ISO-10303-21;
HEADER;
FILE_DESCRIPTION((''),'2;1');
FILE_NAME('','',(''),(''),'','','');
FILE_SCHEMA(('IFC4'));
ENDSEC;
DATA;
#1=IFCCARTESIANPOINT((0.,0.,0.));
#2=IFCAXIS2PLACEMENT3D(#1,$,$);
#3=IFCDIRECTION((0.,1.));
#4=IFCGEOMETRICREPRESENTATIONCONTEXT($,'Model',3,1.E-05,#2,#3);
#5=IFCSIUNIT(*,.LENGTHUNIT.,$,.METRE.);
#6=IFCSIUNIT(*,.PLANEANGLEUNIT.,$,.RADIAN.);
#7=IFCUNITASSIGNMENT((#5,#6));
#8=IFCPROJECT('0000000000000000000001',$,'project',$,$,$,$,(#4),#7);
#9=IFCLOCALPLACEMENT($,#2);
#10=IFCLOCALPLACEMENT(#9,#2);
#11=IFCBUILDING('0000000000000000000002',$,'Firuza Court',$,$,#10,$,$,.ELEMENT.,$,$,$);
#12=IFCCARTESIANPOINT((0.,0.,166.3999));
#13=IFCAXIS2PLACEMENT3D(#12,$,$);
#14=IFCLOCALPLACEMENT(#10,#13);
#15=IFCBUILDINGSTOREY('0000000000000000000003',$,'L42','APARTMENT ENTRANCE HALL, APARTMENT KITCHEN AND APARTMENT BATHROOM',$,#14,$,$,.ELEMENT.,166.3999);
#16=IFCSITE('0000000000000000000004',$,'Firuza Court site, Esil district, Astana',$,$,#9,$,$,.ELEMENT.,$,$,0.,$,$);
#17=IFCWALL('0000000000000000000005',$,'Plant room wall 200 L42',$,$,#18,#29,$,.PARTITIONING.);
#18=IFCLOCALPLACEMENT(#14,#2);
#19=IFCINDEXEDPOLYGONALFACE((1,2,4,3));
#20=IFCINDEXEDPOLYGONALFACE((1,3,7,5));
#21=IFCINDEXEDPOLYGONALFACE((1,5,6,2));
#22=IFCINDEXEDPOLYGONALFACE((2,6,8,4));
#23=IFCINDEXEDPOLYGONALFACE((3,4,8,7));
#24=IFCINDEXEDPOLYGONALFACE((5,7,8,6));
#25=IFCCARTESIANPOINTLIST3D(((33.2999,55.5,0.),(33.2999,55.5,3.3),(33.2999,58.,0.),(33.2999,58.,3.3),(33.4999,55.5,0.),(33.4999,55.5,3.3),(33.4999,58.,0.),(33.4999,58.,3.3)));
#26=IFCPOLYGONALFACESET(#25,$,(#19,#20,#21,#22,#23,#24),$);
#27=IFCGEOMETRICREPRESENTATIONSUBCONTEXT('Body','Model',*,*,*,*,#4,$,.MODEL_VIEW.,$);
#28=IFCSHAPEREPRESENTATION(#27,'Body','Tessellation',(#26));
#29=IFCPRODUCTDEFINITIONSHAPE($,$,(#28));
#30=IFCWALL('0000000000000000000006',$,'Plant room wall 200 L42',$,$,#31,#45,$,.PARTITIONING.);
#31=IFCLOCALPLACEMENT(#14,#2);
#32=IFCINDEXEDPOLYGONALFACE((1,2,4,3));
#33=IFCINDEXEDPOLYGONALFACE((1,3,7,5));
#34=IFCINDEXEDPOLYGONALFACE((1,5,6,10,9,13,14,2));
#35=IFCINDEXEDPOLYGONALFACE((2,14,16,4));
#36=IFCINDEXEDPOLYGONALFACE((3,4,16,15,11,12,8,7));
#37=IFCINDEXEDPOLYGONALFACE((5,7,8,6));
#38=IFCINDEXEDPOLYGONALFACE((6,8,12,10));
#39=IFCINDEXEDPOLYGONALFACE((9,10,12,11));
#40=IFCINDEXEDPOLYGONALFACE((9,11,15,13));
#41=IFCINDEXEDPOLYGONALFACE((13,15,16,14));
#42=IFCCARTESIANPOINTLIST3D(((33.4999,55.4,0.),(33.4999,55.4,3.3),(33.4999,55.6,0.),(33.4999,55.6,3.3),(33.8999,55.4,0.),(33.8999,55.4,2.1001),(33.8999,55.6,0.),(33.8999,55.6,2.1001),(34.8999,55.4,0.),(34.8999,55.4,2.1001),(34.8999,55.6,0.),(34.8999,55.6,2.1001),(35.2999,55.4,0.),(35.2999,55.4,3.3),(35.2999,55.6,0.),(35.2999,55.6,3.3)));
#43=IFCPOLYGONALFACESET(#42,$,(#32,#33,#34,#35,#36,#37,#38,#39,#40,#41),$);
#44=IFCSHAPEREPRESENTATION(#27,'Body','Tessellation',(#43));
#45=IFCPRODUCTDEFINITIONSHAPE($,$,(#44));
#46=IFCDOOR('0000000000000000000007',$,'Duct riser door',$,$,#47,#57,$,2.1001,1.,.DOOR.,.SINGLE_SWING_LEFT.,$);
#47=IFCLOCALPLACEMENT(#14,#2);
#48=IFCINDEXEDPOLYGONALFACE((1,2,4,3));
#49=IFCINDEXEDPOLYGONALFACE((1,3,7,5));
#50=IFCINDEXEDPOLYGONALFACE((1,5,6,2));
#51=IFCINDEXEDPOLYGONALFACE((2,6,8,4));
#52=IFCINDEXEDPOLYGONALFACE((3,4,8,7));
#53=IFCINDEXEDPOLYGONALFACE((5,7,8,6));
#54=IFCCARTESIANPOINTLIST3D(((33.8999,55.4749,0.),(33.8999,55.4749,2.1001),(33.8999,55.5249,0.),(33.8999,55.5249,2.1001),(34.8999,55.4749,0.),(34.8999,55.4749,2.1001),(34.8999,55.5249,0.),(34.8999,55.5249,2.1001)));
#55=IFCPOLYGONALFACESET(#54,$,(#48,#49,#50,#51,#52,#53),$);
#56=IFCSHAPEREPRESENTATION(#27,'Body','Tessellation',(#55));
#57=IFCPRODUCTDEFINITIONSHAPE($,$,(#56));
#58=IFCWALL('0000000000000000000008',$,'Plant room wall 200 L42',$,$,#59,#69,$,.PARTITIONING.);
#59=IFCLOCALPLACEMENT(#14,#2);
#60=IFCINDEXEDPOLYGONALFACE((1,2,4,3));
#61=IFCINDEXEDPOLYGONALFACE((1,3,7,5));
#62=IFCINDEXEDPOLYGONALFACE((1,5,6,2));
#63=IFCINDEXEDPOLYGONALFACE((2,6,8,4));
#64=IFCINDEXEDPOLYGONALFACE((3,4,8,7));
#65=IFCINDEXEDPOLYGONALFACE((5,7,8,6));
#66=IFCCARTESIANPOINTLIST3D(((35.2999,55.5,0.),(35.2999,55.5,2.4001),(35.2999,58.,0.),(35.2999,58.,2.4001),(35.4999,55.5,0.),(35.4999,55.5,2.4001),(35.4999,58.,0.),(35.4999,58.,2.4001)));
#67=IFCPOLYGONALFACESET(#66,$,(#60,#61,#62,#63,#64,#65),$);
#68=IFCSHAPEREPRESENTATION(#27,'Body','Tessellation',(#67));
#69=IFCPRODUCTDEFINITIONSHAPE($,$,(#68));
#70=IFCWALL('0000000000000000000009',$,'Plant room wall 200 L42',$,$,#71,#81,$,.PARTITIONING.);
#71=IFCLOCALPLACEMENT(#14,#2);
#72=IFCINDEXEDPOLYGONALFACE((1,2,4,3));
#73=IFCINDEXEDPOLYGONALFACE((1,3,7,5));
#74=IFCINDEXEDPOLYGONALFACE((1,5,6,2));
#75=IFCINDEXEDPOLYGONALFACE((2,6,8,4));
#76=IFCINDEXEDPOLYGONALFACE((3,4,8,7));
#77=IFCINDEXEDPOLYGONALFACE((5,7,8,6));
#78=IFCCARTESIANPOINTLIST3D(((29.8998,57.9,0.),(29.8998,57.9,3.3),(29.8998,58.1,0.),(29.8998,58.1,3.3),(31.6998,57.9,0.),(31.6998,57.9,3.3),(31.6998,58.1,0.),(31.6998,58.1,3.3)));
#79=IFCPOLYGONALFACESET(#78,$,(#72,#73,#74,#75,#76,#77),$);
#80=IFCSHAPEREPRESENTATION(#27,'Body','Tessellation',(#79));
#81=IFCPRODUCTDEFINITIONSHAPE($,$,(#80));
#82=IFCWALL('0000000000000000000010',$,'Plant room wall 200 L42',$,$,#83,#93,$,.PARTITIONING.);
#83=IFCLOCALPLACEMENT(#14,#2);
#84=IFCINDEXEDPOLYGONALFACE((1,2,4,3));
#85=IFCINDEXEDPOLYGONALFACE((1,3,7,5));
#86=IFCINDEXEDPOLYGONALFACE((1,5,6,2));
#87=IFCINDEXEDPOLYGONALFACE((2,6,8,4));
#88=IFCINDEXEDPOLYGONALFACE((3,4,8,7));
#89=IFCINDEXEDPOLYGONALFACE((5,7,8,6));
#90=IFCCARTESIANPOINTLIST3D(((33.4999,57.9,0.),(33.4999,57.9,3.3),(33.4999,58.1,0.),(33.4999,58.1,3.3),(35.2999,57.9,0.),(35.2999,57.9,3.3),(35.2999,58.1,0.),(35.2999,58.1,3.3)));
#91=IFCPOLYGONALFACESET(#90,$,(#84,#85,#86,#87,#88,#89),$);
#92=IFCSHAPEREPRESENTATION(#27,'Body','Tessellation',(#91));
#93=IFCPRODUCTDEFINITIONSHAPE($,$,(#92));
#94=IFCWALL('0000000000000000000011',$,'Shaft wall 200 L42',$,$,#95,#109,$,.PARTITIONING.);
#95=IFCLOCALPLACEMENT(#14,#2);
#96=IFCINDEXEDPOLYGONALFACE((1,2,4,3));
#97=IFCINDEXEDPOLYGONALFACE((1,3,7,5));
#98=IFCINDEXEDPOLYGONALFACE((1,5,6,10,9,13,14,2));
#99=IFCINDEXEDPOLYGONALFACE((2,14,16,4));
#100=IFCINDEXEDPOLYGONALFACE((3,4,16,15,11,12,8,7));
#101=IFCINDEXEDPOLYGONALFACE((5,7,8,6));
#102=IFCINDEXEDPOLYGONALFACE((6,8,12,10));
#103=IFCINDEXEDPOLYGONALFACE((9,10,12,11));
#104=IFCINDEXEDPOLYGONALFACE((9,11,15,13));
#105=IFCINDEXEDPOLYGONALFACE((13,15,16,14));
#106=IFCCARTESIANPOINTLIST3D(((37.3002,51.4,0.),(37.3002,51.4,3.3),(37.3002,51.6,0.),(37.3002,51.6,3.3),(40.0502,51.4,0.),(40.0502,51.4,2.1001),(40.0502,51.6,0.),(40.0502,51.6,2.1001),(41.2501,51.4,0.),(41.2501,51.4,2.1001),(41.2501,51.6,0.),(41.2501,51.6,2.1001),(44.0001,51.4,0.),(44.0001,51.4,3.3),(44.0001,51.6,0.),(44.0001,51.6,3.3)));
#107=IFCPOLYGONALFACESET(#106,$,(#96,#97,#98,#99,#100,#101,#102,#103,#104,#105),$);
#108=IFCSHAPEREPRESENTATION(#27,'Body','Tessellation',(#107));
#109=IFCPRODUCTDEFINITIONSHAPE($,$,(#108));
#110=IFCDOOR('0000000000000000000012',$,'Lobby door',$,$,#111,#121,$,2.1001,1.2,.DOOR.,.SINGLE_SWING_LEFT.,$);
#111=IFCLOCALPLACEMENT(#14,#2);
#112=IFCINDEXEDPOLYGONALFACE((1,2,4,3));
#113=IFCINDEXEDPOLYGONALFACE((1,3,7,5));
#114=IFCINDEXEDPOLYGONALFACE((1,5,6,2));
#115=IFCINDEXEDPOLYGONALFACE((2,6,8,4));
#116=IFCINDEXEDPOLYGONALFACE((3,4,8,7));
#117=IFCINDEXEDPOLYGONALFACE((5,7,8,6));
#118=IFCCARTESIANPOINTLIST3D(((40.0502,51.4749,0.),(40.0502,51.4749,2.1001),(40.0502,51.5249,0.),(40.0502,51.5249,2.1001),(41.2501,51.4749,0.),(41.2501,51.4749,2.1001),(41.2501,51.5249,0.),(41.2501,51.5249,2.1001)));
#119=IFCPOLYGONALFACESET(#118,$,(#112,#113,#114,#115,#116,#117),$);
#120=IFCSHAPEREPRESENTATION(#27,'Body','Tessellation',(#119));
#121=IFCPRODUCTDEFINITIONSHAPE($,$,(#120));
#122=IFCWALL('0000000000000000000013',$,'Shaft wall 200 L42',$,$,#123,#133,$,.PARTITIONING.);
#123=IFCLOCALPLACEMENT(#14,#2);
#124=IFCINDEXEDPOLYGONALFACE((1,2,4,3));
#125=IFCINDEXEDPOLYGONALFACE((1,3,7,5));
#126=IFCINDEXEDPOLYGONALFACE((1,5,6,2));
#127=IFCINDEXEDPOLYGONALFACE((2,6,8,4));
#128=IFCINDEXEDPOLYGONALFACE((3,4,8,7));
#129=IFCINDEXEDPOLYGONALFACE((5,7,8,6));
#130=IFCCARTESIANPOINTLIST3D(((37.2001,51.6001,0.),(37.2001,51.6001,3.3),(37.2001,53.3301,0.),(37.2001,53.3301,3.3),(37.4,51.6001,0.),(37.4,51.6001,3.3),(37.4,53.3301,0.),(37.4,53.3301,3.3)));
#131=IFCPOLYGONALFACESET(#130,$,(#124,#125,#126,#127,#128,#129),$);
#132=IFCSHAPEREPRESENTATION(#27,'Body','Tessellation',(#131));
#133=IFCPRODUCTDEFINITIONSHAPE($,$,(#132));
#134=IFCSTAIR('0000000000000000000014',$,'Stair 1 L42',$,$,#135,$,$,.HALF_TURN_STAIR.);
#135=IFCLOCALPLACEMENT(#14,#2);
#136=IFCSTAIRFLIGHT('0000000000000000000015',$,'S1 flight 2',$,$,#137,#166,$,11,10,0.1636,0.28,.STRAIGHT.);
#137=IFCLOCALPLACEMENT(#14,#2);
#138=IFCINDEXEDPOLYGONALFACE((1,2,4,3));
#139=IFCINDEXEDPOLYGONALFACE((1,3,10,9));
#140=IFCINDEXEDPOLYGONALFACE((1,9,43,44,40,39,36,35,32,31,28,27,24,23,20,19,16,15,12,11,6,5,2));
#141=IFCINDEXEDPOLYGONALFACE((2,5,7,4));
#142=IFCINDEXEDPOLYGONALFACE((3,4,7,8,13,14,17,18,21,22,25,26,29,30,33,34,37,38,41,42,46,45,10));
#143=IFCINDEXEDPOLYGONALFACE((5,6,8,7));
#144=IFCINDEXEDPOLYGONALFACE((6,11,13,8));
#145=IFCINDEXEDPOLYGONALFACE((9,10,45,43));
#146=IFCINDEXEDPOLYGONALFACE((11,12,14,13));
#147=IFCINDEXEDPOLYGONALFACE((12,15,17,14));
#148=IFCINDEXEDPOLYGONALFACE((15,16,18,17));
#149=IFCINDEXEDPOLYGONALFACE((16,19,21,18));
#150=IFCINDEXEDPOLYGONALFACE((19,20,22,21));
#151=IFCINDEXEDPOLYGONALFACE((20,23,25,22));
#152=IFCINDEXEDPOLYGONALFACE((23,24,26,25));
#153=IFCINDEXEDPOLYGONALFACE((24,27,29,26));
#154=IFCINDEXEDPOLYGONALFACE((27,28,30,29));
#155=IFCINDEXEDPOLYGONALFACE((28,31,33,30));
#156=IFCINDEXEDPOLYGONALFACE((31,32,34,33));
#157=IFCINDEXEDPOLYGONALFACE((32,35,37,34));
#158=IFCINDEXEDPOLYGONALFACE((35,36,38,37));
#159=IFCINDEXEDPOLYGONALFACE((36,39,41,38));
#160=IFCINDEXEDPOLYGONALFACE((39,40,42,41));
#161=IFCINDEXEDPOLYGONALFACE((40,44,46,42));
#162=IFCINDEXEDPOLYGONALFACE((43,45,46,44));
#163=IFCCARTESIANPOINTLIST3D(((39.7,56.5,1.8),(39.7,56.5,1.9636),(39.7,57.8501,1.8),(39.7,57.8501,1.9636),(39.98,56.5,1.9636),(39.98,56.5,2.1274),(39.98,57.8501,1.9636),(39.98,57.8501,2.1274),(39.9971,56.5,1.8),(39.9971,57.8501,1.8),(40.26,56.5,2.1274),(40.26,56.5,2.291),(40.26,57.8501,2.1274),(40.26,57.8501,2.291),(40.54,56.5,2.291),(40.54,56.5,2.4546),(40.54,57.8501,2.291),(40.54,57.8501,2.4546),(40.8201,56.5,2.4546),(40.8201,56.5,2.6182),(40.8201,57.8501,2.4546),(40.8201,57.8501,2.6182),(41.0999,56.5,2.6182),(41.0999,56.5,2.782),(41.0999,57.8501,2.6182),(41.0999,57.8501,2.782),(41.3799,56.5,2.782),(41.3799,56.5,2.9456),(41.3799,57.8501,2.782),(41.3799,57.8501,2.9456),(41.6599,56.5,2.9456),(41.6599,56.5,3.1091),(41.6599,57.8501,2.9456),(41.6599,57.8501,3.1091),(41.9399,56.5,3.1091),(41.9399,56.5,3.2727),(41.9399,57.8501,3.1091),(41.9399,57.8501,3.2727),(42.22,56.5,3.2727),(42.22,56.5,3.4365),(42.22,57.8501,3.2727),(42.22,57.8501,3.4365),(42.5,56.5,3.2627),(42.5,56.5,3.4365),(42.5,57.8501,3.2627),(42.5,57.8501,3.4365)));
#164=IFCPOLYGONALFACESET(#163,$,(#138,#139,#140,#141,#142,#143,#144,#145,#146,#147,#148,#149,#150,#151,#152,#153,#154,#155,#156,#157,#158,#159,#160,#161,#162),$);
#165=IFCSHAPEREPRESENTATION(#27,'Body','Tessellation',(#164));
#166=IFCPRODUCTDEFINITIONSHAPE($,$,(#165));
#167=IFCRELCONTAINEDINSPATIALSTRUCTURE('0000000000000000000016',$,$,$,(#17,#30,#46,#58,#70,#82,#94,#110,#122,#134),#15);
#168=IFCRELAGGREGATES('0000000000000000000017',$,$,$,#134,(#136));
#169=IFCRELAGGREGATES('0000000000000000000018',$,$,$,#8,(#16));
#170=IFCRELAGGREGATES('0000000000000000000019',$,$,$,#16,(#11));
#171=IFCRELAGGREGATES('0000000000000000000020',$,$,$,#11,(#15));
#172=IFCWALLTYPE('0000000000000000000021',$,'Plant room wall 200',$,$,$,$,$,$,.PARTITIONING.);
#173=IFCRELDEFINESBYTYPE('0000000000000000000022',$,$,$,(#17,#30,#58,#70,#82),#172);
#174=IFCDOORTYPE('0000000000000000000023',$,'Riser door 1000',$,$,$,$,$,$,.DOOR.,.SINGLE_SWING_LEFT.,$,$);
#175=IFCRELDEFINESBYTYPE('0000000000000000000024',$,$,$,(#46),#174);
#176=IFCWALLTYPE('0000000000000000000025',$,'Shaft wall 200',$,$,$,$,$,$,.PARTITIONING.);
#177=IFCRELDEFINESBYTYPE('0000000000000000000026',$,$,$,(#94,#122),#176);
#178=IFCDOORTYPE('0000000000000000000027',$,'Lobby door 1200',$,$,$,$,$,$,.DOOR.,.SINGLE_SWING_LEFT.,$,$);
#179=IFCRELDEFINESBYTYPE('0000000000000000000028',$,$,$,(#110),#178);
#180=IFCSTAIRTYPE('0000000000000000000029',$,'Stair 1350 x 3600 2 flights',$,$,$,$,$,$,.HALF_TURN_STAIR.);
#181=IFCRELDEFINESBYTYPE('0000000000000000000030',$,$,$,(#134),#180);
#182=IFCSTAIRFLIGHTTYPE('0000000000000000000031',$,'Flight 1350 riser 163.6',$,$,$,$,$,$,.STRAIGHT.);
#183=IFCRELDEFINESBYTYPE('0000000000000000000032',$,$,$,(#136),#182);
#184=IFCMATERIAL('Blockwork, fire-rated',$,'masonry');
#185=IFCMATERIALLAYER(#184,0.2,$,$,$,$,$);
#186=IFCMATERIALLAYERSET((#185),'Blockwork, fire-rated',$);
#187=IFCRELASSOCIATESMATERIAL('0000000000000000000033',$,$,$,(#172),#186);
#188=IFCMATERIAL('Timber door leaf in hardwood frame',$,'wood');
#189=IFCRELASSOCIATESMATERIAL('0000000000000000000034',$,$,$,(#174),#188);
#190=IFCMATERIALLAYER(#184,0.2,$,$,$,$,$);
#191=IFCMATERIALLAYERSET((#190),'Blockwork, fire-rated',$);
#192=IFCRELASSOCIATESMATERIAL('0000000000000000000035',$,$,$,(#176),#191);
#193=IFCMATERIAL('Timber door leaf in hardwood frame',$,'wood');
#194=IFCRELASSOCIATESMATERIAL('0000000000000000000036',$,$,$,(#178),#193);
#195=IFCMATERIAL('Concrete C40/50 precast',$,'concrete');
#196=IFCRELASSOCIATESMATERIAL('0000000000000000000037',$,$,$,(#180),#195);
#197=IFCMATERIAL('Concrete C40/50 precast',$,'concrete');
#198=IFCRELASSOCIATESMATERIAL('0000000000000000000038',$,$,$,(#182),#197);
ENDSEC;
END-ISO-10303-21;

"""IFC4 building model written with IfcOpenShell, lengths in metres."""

from ifc_helpers import new_model, si_unit, direction, frame, frame_2d, origin, place, context, subcontext, project, spatial, polyline, rectangle, outline, extrude, material, layer, layer_set, type_object, element, fill, aggregate, save


model = new_model("IFC4")

# Units and contexts
model_context = context("Model", 3, precision=1e-05, world=origin(), true_north=direction((0.0, 1.0)))
body_context = subcontext(model_context, "Body", "Model", "MODEL_VIEW")
ifc_project = project(units=[si_unit("LENGTHUNIT", "METRE"), si_unit("PLANEANGLEUNIT", "RADIAN")], contexts=[model_context])

# Site, building, storey
site_placement = place(None, origin())
site = spatial("IfcSite", under=ifc_project, at=site_placement, Name="Firuza Court site, Esil district, Astana", CompositionType="ELEMENT", RefElevation=0.0)
building_placement = place(site_placement, origin())
building = spatial("IfcBuilding", under=site, at=building_placement, Name="Firuza Court", CompositionType="ELEMENT")
storey_placement = place(building_placement, frame((0.0, 0.0, 166.3999)))
storey = spatial("IfcBuildingStorey", under=building, at=storey_placement, Name="L42", Description="APARTMENT ENTRANCE HALL, APARTMENT KITCHEN AND APARTMENT BATHROOM", CompositionType="ELEMENT", Elevation=166.3999)

# Wall
ifc_material_1 = material(Name="Blockwork, fire-rated", Category="masonry")
ifc_layer_1 = layer(ifc_material_1, 0.2)
ifc_layer_set_1 = layer_set([ifc_layer_1], Name="Blockwork, fire-rated")
wall_type_1 = type_object("IfcWallType", Name="Plant room wall 200", PredefinedType="PARTITIONING", material=ifc_layer_set_1)
for number, where, z_axis, x_axis, name in (
    (1, (33.3999, 55.5, 0.0), (0.0, 0.0, 1.0), (0.0, 1.0, 0.0), "Plant room wall 200 L42"),
):
    element("IfcWall", number, at=place(storey_placement, frame(where, z_axis=z_axis, x_axis=x_axis)), inside=storey, type_object=wall_type_1, Name=name, PredefinedType="PARTITIONING", context=body_context, shape_type="SweptSolid", body=[
        extrude(rectangle(XDim=2.5, YDim=0.2, at=frame_2d((1.25, 0.0))), origin(), (0.0, 0.0, 1.0), 3.3),
    ])

# Wall, opening, door
wall_1_placement = place(storey_placement, frame((33.5, 55.5, 0.0), z_axis=(0.0, 0.0, 1.0), x_axis=(1.0, 0.0, 0.0)))
wall_1 = element("IfcWall", 2, at=wall_1_placement, inside=storey, type_object=wall_type_1, Name="Plant room wall 200 L42", PredefinedType="PARTITIONING", context=body_context, shape_type="SweptSolid", body=[
    extrude(rectangle(XDim=1.8, YDim=0.2, at=frame_2d((0.8999, 0.0))), origin(), (0.0, 0.0, 1.0), 3.3),
])
opening_1_placement = place(wall_1_placement, frame((0.3999, 0.0, 0.0)))
opening_1 = element("IfcOpeningElement", 3, at=opening_1_placement, cuts=wall_1, PredefinedType="OPENING", context=body_context, shape_type="SweptSolid", body=[
    extrude(rectangle(XDim=1.0, YDim=2.1001, at=frame_2d((0.5, 1.05))), frame((0.0, 0.1118, 0.0), z_axis=(0.0, -1.0, 0.0), x_axis=(1.0, 0.0, 0.0)), (0.0, 0.0, 1.0), 0.2239),
])
ifc_material_2 = material(Name="Timber door leaf in hardwood frame", Category="wood")
door_type_1 = type_object("IfcDoorType", Name="Riser door 1000", OperationType="SINGLE_SWING_LEFT", PredefinedType="DOOR", material=ifc_material_2)
door_1_placement = place(opening_1_placement, origin())
door_1 = element("IfcDoor", 4, at=door_1_placement, inside=storey, type_object=door_type_1, Name="Duct riser door", OperationType="SINGLE_SWING_LEFT", OverallHeight=2.1001, OverallWidth=1.0, PredefinedType="DOOR", context=body_context, shape_type="SweptSolid", body=[
    extrude(rectangle(XDim=1.0, YDim=2.1001, at=frame_2d((0.5, 1.05))), frame((0.0, 0.0249, 0.0), z_axis=(0.0, -1.0, 0.0), x_axis=(1.0, 0.0, 0.0)), (0.0, 0.0, 1.0), 0.05),
])
fill(opening_1, door_1)

# Walls
wall_2_placement = place(storey_placement, frame((35.3999, 55.5, 0.0), z_axis=(0.0, 0.0, 1.0), x_axis=(0.0, 1.0, 0.0)))
element("IfcWall", 5, at=wall_2_placement, inside=storey, type_object=wall_type_1, Name="Plant room wall 200 L42", PredefinedType="PARTITIONING", context=body_context, shape_type="SweptSolid", body=[
    extrude(rectangle(XDim=2.5, YDim=0.2, at=frame_2d((1.25, 0.0))), origin(), (0.0, 0.0, 1.0), 2.4001),
])
for number, where, z_axis, x_axis, name in (
    (6, (29.8999, 58.0, 0.0), (0.0, 0.0, 1.0), (1.0, 0.0, 0.0), "Plant room wall 200 L42"),
    (7, (33.5, 58.0, 0.0), (0.0, 0.0, 1.0), (1.0, 0.0, 0.0), "Plant room wall 200 L42"),
):
    element("IfcWall", number, at=place(storey_placement, frame(where, z_axis=z_axis, x_axis=x_axis)), inside=storey, type_object=wall_type_1, Name=name, PredefinedType="PARTITIONING", context=body_context, shape_type="SweptSolid", body=[
        extrude(rectangle(XDim=1.8, YDim=0.2, at=frame_2d((0.8999, 0.0))), origin(), (0.0, 0.0, 1.0), 3.3),
    ])

# Wall, opening, door
ifc_layer_2 = layer(ifc_material_1, 0.2)
ifc_layer_set_2 = layer_set([ifc_layer_2], Name="Blockwork, fire-rated")
wall_type_2 = type_object("IfcWallType", Name="Shaft wall 200", PredefinedType="PARTITIONING", material=ifc_layer_set_2)
wall_3_placement = place(storey_placement, frame((37.3, 51.5, 0.0), z_axis=(0.0, 0.0, 1.0), x_axis=(1.0, 0.0, 0.0)))
wall_3 = element("IfcWall", 8, at=wall_3_placement, inside=storey, type_object=wall_type_2, Name="Shaft wall 200 L42", PredefinedType="PARTITIONING", context=body_context, shape_type="SweptSolid", body=[
    extrude(rectangle(XDim=6.7, YDim=0.2, at=frame_2d((3.3501, 0.0))), origin(), (0.0, 0.0, 1.0), 3.3),
])
opening_2_placement = place(wall_3_placement, frame((2.75, 0.0, 0.0)))
opening_2 = element("IfcOpeningElement", 9, at=opening_2_placement, cuts=wall_3, PredefinedType="OPENING", context=body_context, shape_type="SweptSolid", body=[
    extrude(rectangle(XDim=1.2, YDim=2.1001, at=frame_2d((0.6001, 1.05))), frame((0.0, 0.1118, 0.0), z_axis=(0.0, -1.0, 0.0), x_axis=(1.0, 0.0, 0.0)), (0.0, 0.0, 1.0), 0.2239),
])
ifc_material_3 = material(Name="Timber door leaf in hardwood frame", Category="wood")
door_type_2 = type_object("IfcDoorType", Name="Lobby door 1200", OperationType="SINGLE_SWING_LEFT", PredefinedType="DOOR", material=ifc_material_3)
door_2_placement = place(opening_2_placement, origin())
door_2 = element("IfcDoor", 10, at=door_2_placement, inside=storey, type_object=door_type_2, Name="Lobby door", OperationType="SINGLE_SWING_LEFT", OverallHeight=2.1001, OverallWidth=1.2, PredefinedType="DOOR", context=body_context, shape_type="SweptSolid", body=[
    extrude(rectangle(XDim=1.2, YDim=2.1001, at=frame_2d((0.6001, 1.05))), frame((0.0, 0.0249, 0.0), z_axis=(0.0, -1.0, 0.0), x_axis=(1.0, 0.0, 0.0)), (0.0, 0.0, 1.0), 0.05),
])
fill(opening_2, door_2)

# Wall
wall_4_placement = place(storey_placement, frame((37.3, 51.6001, 0.0), z_axis=(0.0, 0.0, 1.0), x_axis=(0.0, 1.0, 0.0)))
element("IfcWall", 11, at=wall_4_placement, inside=storey, type_object=wall_type_2, Name="Shaft wall 200 L42", PredefinedType="PARTITIONING", context=body_context, shape_type="SweptSolid", body=[
    extrude(rectangle(XDim=1.73, YDim=0.2, at=frame_2d((0.865, 0.0))), origin(), (0.0, 0.0, 1.0), 3.3),
])

# Stair, stair flight
ifc_material_4 = material(Name="Concrete C40/50 precast", Category="concrete")
stair_type = type_object("IfcStairType", Name="Stair 1350 x 3600 2 flights", PredefinedType="HALF_TURN_STAIR", material=ifc_material_4)
stair_placement = place(storey_placement, origin())
stair = element("IfcStair", 12, at=stair_placement, inside=storey, type_object=stair_type, Name="Stair 1 L42", PredefinedType="HALF_TURN_STAIR")
ifc_material_5 = material(Name="Concrete C40/50 precast", Category="concrete")
stair_flight_type = type_object("IfcStairFlightType", Name="Flight 1350 riser 163.6", PredefinedType="STRAIGHT", material=ifc_material_5)
stair_flight_placement = place(storey_placement, frame((39.7, 57.175, 1.8), z_axis=(0.0, 0.0, 1.0), x_axis=(1.0, 0.0, 0.0)))
stair_flight = element("IfcStairFlight", 13, at=stair_flight_placement, type_object=stair_flight_type, Name="S1 flight 2", NumberOfRisers=11, NumberOfTreads=10, PredefinedType="STRAIGHT", RiserHeight=0.1636, TreadLength=0.28, context=body_context, shape_type="SweptSolid", body=[
    extrude(outline(polyline([(0.0, 0.0), (0.0, 0.1636), (0.28, 0.1636), (0.28, 0.3274), (0.5601, 0.3274), (0.5601, 0.491), (0.8401, 0.491), (0.8401, 0.6545), (1.1201, 0.6545), (1.1201, 0.8181), (1.3999, 0.8181), (1.3999, 0.9819), (1.6799, 0.9819), (1.6799, 1.1455), (1.96, 1.1455), (1.96, 1.3091), (2.24, 1.3091), (2.24, 1.4727), (2.52, 1.4727), (2.52, 1.6365), (2.8, 1.6365), (2.8, 1.8), (2.8, 1.4626), (0.2971, 0.0), (0.0, 0.0)])), frame((0.0, 0.675, 0.0), z_axis=(0.0, -1.0, 0.0), x_axis=(1.0, 0.0, 0.0)), (0.0, 0.0, 1.0), 1.3501),
])
aggregate(stair, [stair_flight])

save(model, "model.ifc")
